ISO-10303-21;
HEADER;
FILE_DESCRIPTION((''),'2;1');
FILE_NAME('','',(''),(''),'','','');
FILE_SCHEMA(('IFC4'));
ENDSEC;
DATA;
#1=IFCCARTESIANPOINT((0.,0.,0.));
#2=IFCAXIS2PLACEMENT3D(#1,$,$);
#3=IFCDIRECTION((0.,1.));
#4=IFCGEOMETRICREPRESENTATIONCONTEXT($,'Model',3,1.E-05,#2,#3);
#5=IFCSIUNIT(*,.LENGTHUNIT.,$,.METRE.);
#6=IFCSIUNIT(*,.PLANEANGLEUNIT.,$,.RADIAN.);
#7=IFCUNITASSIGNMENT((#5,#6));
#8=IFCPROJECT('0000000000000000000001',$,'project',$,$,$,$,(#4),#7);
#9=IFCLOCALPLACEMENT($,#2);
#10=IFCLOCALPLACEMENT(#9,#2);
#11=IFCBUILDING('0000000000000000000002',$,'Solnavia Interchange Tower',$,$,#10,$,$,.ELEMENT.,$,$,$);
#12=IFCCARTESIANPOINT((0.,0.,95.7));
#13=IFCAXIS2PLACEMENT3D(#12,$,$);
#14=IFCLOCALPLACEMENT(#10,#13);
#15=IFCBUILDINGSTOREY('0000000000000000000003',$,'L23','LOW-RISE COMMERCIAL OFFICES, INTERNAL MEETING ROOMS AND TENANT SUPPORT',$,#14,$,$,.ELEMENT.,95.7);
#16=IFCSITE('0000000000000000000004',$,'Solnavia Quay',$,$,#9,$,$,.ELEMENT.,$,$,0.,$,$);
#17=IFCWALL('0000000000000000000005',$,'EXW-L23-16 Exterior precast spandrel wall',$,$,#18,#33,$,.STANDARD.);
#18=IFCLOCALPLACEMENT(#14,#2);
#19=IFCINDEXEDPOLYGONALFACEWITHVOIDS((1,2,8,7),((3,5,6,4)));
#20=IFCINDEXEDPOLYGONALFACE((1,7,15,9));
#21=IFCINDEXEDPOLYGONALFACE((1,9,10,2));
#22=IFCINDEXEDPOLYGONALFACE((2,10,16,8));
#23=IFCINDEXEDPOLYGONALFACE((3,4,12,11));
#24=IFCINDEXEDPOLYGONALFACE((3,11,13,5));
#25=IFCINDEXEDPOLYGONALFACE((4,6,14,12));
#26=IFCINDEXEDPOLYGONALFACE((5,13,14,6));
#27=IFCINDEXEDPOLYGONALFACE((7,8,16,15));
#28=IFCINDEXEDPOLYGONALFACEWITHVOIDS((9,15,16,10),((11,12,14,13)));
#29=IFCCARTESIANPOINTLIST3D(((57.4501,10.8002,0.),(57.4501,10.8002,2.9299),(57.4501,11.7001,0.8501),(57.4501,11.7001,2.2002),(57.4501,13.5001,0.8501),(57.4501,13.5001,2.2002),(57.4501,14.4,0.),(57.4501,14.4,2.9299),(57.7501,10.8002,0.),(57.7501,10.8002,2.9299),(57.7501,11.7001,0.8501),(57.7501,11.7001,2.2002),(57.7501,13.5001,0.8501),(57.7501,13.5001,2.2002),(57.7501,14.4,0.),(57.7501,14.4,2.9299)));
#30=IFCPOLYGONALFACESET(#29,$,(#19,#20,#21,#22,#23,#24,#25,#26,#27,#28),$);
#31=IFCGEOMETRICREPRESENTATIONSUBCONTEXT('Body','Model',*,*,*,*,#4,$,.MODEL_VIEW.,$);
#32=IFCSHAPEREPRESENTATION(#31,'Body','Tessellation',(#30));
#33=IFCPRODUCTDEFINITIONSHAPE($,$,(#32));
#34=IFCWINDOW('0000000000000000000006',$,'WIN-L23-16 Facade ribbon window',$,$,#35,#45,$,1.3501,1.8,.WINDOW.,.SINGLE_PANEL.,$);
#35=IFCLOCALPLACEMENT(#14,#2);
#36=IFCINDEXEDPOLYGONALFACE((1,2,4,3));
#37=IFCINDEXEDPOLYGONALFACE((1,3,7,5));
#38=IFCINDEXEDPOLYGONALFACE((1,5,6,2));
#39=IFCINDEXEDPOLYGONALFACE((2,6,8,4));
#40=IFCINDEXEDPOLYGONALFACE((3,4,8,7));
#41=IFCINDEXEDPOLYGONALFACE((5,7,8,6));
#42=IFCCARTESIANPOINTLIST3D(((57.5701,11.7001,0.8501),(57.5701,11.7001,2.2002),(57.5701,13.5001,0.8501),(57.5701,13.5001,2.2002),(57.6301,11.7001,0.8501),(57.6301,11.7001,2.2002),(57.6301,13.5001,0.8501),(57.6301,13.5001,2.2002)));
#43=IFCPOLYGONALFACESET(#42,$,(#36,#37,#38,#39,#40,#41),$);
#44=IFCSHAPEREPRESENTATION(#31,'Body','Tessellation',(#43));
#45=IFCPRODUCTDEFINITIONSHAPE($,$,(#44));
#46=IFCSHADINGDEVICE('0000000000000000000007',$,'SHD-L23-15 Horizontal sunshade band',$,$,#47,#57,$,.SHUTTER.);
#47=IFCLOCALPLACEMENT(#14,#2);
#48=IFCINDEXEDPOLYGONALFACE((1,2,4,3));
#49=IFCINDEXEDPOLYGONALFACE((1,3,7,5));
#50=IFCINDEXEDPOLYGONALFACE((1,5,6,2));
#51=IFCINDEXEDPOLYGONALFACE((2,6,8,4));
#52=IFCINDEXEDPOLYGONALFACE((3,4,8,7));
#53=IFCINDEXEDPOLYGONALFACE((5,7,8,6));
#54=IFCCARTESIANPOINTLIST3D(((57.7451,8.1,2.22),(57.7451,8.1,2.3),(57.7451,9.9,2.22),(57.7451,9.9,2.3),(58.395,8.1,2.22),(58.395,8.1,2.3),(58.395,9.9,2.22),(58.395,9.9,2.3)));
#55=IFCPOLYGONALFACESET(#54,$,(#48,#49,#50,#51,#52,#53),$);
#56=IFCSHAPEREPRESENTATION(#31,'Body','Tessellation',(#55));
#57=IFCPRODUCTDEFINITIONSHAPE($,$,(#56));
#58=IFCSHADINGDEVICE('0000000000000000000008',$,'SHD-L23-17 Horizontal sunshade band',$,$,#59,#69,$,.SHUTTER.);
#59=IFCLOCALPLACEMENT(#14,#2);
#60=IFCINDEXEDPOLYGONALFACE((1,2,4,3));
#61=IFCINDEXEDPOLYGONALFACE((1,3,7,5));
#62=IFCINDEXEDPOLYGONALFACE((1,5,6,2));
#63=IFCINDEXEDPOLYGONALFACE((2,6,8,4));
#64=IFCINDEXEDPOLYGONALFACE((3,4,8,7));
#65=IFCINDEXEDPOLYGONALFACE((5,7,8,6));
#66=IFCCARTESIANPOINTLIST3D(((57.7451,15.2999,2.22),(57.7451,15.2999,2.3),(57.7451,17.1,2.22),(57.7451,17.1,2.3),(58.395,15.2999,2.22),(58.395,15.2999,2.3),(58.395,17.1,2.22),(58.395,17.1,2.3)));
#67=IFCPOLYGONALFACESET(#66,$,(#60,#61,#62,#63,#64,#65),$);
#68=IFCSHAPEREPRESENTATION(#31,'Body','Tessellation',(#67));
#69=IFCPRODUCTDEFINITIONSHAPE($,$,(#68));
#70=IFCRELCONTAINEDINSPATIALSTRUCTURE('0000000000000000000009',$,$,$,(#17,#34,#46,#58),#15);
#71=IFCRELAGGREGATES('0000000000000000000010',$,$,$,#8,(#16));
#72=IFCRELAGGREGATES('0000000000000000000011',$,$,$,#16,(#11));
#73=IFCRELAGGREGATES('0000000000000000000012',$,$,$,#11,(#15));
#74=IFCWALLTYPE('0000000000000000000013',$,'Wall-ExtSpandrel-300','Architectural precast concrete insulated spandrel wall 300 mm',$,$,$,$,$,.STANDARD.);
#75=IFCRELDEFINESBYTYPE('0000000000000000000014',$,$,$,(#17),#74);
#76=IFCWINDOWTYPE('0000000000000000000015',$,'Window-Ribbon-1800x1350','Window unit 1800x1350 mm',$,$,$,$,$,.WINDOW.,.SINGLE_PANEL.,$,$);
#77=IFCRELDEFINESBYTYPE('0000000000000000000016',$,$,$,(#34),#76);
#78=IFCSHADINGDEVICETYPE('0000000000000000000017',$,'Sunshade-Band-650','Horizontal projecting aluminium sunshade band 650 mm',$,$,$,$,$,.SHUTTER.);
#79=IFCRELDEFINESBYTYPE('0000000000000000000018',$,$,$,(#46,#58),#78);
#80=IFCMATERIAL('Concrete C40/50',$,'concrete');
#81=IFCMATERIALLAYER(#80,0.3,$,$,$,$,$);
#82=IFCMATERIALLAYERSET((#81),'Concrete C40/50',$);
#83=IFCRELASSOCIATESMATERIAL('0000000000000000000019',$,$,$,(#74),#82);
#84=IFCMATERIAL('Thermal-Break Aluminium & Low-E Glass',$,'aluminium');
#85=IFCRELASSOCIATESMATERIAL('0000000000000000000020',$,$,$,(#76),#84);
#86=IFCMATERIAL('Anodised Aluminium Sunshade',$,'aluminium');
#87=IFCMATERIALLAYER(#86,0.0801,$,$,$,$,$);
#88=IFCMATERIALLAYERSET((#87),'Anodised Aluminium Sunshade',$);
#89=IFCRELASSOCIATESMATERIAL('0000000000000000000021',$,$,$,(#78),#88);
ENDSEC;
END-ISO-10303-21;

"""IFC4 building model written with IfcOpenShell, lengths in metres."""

from ifc_helpers import new_model, si_unit, direction, frame, frame_2d, origin, origin_2d, place, context, subcontext, project, spatial, rectangle, extrude, material, layer, layer_set, type_object, element, fill, save


model = new_model("IFC4")

# Units and contexts
model_context = context("Model", 3, precision=1e-05, world=origin(), true_north=direction((0.0, 1.0)))
body_context = subcontext(model_context, "Body", "Model", "MODEL_VIEW")
ifc_project = project(units=[si_unit("LENGTHUNIT", "METRE"), si_unit("PLANEANGLEUNIT", "RADIAN")], contexts=[model_context])

# Site, building, storey
site_placement = place(None, origin())
site = spatial("IfcSite", under=ifc_project, at=site_placement, Name="Solnavia Quay", CompositionType="ELEMENT", RefElevation=0.0)
building_placement = place(site_placement, origin())
building = spatial("IfcBuilding", under=site, at=building_placement, Name="Solnavia Interchange Tower", CompositionType="ELEMENT")
storey_placement = place(building_placement, frame((0.0, 0.0, 95.7)))
storey = spatial("IfcBuildingStorey", under=building, at=storey_placement, Name="L23", Description="LOW-RISE COMMERCIAL OFFICES, INTERNAL MEETING ROOMS AND TENANT SUPPORT", CompositionType="ELEMENT", Elevation=95.7)

# Shared definitions
ifc_material_1 = material(Name="Concrete C40/50", Category="concrete")
ifc_layer_1 = layer(ifc_material_1, 0.3)
ifc_layer_set_1 = layer_set([ifc_layer_1], Name="Concrete C40/50")
wall_type_1 = type_object("IfcWallType", Name="Wall-ExtSpandrel-300", Description="Architectural precast concrete insulated spandrel wall 300 mm", PredefinedType="STANDARD", material=ifc_layer_set_1)
ifc_material_2 = material(Name="Thermal-Break Aluminium & Low-E Glass", Category="aluminium")
window_type = type_object("IfcWindowType", Name="Window-Ribbon-1800x1350", Description="Window unit 1800x1350 mm", PartitioningType="SINGLE_PANEL", PredefinedType="WINDOW", material=ifc_material_2)

# Wall, opening, window
wall_1_placement = place(storey_placement, frame((57.6001, 14.3999, 0.0), z_axis=(0.0, 0.0, 1.0), x_axis=(0.0, -1.0, 0.0)))
wall_1 = element("IfcWall", 1, at=wall_1_placement, inside=storey, type_object=wall_type_1, Name="EXW-L23-16 Exterior precast spandrel wall", PredefinedType="STANDARD", context=body_context, shape_type="SweptSolid", body=[
    extrude(rectangle(XDim=3.5999, YDim=0.3, at=frame_2d((1.7998, 0.0))), origin(), (0.0, 0.0, 1.0), 2.9299),
])
opening_1_placement = place(wall_1_placement, frame((0.8999, 0.0, 0.8501)))
opening_1 = element("IfcOpeningElement", 2, at=opening_1_placement, cuts=wall_1, PredefinedType="OPENING", context=body_context, shape_type="SweptSolid", body=[
    extrude(rectangle(XDim=1.8, YDim=1.3501, at=frame_2d((0.8999, 0.675))), frame((0.0, 0.1602, 0.0), z_axis=(0.0, -1.0, 0.0), x_axis=(1.0, 0.0, 0.0)), (0.0, 0.0, 1.0), 0.3201),
])
window_1_placement = place(opening_1_placement, origin())
window_1 = element("IfcWindow", 3, at=window_1_placement, inside=storey, type_object=window_type, Name="WIN-L23-16 Facade ribbon window", OverallHeight=1.3501, OverallWidth=1.8, PartitioningType="SINGLE_PANEL", PredefinedType="WINDOW", context=body_context, shape_type="SweptSolid", body=[
    extrude(rectangle(XDim=1.8, YDim=1.3501, at=frame_2d((0.8999, 0.675))), frame((0.0, 0.03, 0.0), z_axis=(0.0, -1.0, 0.0), x_axis=(1.0, 0.0, 0.0)), (0.0, 0.0, 1.0), 0.0601),
])
fill(opening_1, window_1)

# Shading devices
ifc_material_3 = material(Name="Anodised Aluminium Sunshade", Category="aluminium")
ifc_layer_2 = layer(ifc_material_3, 0.0801)
ifc_layer_set_2 = layer_set([ifc_layer_2], Name="Anodised Aluminium Sunshade")
shading_device_type = type_object("IfcShadingDeviceType", Name="Sunshade-Band-650", Description="Horizontal projecting aluminium sunshade band 650 mm", PredefinedType="SHUTTER", material=ifc_layer_set_2)
for number, where, z_axis, x_axis, name in (
    (4, (58.0701, 9.0, 2.22), (0.0, 0.0, 1.0), (0.0, -1.0, 0.0), "SHD-L23-15 Horizontal sunshade band"),
    (5, (58.0701, 16.2, 2.22), (0.0, 0.0, 1.0), (0.0, -1.0, 0.0), "SHD-L23-17 Horizontal sunshade band"),
):
    element("IfcShadingDevice", number, at=place(storey_placement, frame(where, z_axis=z_axis, x_axis=x_axis)), inside=storey, type_object=shading_device_type, Name=name, PredefinedType="SHUTTER", context=body_context, shape_type="SweptSolid", body=[
        extrude(rectangle(XDim=1.8, YDim=0.6499, at=origin_2d()), origin(), (0.0, 0.0, 1.0), 0.0801),
    ])

save(model, "model.ifc")
